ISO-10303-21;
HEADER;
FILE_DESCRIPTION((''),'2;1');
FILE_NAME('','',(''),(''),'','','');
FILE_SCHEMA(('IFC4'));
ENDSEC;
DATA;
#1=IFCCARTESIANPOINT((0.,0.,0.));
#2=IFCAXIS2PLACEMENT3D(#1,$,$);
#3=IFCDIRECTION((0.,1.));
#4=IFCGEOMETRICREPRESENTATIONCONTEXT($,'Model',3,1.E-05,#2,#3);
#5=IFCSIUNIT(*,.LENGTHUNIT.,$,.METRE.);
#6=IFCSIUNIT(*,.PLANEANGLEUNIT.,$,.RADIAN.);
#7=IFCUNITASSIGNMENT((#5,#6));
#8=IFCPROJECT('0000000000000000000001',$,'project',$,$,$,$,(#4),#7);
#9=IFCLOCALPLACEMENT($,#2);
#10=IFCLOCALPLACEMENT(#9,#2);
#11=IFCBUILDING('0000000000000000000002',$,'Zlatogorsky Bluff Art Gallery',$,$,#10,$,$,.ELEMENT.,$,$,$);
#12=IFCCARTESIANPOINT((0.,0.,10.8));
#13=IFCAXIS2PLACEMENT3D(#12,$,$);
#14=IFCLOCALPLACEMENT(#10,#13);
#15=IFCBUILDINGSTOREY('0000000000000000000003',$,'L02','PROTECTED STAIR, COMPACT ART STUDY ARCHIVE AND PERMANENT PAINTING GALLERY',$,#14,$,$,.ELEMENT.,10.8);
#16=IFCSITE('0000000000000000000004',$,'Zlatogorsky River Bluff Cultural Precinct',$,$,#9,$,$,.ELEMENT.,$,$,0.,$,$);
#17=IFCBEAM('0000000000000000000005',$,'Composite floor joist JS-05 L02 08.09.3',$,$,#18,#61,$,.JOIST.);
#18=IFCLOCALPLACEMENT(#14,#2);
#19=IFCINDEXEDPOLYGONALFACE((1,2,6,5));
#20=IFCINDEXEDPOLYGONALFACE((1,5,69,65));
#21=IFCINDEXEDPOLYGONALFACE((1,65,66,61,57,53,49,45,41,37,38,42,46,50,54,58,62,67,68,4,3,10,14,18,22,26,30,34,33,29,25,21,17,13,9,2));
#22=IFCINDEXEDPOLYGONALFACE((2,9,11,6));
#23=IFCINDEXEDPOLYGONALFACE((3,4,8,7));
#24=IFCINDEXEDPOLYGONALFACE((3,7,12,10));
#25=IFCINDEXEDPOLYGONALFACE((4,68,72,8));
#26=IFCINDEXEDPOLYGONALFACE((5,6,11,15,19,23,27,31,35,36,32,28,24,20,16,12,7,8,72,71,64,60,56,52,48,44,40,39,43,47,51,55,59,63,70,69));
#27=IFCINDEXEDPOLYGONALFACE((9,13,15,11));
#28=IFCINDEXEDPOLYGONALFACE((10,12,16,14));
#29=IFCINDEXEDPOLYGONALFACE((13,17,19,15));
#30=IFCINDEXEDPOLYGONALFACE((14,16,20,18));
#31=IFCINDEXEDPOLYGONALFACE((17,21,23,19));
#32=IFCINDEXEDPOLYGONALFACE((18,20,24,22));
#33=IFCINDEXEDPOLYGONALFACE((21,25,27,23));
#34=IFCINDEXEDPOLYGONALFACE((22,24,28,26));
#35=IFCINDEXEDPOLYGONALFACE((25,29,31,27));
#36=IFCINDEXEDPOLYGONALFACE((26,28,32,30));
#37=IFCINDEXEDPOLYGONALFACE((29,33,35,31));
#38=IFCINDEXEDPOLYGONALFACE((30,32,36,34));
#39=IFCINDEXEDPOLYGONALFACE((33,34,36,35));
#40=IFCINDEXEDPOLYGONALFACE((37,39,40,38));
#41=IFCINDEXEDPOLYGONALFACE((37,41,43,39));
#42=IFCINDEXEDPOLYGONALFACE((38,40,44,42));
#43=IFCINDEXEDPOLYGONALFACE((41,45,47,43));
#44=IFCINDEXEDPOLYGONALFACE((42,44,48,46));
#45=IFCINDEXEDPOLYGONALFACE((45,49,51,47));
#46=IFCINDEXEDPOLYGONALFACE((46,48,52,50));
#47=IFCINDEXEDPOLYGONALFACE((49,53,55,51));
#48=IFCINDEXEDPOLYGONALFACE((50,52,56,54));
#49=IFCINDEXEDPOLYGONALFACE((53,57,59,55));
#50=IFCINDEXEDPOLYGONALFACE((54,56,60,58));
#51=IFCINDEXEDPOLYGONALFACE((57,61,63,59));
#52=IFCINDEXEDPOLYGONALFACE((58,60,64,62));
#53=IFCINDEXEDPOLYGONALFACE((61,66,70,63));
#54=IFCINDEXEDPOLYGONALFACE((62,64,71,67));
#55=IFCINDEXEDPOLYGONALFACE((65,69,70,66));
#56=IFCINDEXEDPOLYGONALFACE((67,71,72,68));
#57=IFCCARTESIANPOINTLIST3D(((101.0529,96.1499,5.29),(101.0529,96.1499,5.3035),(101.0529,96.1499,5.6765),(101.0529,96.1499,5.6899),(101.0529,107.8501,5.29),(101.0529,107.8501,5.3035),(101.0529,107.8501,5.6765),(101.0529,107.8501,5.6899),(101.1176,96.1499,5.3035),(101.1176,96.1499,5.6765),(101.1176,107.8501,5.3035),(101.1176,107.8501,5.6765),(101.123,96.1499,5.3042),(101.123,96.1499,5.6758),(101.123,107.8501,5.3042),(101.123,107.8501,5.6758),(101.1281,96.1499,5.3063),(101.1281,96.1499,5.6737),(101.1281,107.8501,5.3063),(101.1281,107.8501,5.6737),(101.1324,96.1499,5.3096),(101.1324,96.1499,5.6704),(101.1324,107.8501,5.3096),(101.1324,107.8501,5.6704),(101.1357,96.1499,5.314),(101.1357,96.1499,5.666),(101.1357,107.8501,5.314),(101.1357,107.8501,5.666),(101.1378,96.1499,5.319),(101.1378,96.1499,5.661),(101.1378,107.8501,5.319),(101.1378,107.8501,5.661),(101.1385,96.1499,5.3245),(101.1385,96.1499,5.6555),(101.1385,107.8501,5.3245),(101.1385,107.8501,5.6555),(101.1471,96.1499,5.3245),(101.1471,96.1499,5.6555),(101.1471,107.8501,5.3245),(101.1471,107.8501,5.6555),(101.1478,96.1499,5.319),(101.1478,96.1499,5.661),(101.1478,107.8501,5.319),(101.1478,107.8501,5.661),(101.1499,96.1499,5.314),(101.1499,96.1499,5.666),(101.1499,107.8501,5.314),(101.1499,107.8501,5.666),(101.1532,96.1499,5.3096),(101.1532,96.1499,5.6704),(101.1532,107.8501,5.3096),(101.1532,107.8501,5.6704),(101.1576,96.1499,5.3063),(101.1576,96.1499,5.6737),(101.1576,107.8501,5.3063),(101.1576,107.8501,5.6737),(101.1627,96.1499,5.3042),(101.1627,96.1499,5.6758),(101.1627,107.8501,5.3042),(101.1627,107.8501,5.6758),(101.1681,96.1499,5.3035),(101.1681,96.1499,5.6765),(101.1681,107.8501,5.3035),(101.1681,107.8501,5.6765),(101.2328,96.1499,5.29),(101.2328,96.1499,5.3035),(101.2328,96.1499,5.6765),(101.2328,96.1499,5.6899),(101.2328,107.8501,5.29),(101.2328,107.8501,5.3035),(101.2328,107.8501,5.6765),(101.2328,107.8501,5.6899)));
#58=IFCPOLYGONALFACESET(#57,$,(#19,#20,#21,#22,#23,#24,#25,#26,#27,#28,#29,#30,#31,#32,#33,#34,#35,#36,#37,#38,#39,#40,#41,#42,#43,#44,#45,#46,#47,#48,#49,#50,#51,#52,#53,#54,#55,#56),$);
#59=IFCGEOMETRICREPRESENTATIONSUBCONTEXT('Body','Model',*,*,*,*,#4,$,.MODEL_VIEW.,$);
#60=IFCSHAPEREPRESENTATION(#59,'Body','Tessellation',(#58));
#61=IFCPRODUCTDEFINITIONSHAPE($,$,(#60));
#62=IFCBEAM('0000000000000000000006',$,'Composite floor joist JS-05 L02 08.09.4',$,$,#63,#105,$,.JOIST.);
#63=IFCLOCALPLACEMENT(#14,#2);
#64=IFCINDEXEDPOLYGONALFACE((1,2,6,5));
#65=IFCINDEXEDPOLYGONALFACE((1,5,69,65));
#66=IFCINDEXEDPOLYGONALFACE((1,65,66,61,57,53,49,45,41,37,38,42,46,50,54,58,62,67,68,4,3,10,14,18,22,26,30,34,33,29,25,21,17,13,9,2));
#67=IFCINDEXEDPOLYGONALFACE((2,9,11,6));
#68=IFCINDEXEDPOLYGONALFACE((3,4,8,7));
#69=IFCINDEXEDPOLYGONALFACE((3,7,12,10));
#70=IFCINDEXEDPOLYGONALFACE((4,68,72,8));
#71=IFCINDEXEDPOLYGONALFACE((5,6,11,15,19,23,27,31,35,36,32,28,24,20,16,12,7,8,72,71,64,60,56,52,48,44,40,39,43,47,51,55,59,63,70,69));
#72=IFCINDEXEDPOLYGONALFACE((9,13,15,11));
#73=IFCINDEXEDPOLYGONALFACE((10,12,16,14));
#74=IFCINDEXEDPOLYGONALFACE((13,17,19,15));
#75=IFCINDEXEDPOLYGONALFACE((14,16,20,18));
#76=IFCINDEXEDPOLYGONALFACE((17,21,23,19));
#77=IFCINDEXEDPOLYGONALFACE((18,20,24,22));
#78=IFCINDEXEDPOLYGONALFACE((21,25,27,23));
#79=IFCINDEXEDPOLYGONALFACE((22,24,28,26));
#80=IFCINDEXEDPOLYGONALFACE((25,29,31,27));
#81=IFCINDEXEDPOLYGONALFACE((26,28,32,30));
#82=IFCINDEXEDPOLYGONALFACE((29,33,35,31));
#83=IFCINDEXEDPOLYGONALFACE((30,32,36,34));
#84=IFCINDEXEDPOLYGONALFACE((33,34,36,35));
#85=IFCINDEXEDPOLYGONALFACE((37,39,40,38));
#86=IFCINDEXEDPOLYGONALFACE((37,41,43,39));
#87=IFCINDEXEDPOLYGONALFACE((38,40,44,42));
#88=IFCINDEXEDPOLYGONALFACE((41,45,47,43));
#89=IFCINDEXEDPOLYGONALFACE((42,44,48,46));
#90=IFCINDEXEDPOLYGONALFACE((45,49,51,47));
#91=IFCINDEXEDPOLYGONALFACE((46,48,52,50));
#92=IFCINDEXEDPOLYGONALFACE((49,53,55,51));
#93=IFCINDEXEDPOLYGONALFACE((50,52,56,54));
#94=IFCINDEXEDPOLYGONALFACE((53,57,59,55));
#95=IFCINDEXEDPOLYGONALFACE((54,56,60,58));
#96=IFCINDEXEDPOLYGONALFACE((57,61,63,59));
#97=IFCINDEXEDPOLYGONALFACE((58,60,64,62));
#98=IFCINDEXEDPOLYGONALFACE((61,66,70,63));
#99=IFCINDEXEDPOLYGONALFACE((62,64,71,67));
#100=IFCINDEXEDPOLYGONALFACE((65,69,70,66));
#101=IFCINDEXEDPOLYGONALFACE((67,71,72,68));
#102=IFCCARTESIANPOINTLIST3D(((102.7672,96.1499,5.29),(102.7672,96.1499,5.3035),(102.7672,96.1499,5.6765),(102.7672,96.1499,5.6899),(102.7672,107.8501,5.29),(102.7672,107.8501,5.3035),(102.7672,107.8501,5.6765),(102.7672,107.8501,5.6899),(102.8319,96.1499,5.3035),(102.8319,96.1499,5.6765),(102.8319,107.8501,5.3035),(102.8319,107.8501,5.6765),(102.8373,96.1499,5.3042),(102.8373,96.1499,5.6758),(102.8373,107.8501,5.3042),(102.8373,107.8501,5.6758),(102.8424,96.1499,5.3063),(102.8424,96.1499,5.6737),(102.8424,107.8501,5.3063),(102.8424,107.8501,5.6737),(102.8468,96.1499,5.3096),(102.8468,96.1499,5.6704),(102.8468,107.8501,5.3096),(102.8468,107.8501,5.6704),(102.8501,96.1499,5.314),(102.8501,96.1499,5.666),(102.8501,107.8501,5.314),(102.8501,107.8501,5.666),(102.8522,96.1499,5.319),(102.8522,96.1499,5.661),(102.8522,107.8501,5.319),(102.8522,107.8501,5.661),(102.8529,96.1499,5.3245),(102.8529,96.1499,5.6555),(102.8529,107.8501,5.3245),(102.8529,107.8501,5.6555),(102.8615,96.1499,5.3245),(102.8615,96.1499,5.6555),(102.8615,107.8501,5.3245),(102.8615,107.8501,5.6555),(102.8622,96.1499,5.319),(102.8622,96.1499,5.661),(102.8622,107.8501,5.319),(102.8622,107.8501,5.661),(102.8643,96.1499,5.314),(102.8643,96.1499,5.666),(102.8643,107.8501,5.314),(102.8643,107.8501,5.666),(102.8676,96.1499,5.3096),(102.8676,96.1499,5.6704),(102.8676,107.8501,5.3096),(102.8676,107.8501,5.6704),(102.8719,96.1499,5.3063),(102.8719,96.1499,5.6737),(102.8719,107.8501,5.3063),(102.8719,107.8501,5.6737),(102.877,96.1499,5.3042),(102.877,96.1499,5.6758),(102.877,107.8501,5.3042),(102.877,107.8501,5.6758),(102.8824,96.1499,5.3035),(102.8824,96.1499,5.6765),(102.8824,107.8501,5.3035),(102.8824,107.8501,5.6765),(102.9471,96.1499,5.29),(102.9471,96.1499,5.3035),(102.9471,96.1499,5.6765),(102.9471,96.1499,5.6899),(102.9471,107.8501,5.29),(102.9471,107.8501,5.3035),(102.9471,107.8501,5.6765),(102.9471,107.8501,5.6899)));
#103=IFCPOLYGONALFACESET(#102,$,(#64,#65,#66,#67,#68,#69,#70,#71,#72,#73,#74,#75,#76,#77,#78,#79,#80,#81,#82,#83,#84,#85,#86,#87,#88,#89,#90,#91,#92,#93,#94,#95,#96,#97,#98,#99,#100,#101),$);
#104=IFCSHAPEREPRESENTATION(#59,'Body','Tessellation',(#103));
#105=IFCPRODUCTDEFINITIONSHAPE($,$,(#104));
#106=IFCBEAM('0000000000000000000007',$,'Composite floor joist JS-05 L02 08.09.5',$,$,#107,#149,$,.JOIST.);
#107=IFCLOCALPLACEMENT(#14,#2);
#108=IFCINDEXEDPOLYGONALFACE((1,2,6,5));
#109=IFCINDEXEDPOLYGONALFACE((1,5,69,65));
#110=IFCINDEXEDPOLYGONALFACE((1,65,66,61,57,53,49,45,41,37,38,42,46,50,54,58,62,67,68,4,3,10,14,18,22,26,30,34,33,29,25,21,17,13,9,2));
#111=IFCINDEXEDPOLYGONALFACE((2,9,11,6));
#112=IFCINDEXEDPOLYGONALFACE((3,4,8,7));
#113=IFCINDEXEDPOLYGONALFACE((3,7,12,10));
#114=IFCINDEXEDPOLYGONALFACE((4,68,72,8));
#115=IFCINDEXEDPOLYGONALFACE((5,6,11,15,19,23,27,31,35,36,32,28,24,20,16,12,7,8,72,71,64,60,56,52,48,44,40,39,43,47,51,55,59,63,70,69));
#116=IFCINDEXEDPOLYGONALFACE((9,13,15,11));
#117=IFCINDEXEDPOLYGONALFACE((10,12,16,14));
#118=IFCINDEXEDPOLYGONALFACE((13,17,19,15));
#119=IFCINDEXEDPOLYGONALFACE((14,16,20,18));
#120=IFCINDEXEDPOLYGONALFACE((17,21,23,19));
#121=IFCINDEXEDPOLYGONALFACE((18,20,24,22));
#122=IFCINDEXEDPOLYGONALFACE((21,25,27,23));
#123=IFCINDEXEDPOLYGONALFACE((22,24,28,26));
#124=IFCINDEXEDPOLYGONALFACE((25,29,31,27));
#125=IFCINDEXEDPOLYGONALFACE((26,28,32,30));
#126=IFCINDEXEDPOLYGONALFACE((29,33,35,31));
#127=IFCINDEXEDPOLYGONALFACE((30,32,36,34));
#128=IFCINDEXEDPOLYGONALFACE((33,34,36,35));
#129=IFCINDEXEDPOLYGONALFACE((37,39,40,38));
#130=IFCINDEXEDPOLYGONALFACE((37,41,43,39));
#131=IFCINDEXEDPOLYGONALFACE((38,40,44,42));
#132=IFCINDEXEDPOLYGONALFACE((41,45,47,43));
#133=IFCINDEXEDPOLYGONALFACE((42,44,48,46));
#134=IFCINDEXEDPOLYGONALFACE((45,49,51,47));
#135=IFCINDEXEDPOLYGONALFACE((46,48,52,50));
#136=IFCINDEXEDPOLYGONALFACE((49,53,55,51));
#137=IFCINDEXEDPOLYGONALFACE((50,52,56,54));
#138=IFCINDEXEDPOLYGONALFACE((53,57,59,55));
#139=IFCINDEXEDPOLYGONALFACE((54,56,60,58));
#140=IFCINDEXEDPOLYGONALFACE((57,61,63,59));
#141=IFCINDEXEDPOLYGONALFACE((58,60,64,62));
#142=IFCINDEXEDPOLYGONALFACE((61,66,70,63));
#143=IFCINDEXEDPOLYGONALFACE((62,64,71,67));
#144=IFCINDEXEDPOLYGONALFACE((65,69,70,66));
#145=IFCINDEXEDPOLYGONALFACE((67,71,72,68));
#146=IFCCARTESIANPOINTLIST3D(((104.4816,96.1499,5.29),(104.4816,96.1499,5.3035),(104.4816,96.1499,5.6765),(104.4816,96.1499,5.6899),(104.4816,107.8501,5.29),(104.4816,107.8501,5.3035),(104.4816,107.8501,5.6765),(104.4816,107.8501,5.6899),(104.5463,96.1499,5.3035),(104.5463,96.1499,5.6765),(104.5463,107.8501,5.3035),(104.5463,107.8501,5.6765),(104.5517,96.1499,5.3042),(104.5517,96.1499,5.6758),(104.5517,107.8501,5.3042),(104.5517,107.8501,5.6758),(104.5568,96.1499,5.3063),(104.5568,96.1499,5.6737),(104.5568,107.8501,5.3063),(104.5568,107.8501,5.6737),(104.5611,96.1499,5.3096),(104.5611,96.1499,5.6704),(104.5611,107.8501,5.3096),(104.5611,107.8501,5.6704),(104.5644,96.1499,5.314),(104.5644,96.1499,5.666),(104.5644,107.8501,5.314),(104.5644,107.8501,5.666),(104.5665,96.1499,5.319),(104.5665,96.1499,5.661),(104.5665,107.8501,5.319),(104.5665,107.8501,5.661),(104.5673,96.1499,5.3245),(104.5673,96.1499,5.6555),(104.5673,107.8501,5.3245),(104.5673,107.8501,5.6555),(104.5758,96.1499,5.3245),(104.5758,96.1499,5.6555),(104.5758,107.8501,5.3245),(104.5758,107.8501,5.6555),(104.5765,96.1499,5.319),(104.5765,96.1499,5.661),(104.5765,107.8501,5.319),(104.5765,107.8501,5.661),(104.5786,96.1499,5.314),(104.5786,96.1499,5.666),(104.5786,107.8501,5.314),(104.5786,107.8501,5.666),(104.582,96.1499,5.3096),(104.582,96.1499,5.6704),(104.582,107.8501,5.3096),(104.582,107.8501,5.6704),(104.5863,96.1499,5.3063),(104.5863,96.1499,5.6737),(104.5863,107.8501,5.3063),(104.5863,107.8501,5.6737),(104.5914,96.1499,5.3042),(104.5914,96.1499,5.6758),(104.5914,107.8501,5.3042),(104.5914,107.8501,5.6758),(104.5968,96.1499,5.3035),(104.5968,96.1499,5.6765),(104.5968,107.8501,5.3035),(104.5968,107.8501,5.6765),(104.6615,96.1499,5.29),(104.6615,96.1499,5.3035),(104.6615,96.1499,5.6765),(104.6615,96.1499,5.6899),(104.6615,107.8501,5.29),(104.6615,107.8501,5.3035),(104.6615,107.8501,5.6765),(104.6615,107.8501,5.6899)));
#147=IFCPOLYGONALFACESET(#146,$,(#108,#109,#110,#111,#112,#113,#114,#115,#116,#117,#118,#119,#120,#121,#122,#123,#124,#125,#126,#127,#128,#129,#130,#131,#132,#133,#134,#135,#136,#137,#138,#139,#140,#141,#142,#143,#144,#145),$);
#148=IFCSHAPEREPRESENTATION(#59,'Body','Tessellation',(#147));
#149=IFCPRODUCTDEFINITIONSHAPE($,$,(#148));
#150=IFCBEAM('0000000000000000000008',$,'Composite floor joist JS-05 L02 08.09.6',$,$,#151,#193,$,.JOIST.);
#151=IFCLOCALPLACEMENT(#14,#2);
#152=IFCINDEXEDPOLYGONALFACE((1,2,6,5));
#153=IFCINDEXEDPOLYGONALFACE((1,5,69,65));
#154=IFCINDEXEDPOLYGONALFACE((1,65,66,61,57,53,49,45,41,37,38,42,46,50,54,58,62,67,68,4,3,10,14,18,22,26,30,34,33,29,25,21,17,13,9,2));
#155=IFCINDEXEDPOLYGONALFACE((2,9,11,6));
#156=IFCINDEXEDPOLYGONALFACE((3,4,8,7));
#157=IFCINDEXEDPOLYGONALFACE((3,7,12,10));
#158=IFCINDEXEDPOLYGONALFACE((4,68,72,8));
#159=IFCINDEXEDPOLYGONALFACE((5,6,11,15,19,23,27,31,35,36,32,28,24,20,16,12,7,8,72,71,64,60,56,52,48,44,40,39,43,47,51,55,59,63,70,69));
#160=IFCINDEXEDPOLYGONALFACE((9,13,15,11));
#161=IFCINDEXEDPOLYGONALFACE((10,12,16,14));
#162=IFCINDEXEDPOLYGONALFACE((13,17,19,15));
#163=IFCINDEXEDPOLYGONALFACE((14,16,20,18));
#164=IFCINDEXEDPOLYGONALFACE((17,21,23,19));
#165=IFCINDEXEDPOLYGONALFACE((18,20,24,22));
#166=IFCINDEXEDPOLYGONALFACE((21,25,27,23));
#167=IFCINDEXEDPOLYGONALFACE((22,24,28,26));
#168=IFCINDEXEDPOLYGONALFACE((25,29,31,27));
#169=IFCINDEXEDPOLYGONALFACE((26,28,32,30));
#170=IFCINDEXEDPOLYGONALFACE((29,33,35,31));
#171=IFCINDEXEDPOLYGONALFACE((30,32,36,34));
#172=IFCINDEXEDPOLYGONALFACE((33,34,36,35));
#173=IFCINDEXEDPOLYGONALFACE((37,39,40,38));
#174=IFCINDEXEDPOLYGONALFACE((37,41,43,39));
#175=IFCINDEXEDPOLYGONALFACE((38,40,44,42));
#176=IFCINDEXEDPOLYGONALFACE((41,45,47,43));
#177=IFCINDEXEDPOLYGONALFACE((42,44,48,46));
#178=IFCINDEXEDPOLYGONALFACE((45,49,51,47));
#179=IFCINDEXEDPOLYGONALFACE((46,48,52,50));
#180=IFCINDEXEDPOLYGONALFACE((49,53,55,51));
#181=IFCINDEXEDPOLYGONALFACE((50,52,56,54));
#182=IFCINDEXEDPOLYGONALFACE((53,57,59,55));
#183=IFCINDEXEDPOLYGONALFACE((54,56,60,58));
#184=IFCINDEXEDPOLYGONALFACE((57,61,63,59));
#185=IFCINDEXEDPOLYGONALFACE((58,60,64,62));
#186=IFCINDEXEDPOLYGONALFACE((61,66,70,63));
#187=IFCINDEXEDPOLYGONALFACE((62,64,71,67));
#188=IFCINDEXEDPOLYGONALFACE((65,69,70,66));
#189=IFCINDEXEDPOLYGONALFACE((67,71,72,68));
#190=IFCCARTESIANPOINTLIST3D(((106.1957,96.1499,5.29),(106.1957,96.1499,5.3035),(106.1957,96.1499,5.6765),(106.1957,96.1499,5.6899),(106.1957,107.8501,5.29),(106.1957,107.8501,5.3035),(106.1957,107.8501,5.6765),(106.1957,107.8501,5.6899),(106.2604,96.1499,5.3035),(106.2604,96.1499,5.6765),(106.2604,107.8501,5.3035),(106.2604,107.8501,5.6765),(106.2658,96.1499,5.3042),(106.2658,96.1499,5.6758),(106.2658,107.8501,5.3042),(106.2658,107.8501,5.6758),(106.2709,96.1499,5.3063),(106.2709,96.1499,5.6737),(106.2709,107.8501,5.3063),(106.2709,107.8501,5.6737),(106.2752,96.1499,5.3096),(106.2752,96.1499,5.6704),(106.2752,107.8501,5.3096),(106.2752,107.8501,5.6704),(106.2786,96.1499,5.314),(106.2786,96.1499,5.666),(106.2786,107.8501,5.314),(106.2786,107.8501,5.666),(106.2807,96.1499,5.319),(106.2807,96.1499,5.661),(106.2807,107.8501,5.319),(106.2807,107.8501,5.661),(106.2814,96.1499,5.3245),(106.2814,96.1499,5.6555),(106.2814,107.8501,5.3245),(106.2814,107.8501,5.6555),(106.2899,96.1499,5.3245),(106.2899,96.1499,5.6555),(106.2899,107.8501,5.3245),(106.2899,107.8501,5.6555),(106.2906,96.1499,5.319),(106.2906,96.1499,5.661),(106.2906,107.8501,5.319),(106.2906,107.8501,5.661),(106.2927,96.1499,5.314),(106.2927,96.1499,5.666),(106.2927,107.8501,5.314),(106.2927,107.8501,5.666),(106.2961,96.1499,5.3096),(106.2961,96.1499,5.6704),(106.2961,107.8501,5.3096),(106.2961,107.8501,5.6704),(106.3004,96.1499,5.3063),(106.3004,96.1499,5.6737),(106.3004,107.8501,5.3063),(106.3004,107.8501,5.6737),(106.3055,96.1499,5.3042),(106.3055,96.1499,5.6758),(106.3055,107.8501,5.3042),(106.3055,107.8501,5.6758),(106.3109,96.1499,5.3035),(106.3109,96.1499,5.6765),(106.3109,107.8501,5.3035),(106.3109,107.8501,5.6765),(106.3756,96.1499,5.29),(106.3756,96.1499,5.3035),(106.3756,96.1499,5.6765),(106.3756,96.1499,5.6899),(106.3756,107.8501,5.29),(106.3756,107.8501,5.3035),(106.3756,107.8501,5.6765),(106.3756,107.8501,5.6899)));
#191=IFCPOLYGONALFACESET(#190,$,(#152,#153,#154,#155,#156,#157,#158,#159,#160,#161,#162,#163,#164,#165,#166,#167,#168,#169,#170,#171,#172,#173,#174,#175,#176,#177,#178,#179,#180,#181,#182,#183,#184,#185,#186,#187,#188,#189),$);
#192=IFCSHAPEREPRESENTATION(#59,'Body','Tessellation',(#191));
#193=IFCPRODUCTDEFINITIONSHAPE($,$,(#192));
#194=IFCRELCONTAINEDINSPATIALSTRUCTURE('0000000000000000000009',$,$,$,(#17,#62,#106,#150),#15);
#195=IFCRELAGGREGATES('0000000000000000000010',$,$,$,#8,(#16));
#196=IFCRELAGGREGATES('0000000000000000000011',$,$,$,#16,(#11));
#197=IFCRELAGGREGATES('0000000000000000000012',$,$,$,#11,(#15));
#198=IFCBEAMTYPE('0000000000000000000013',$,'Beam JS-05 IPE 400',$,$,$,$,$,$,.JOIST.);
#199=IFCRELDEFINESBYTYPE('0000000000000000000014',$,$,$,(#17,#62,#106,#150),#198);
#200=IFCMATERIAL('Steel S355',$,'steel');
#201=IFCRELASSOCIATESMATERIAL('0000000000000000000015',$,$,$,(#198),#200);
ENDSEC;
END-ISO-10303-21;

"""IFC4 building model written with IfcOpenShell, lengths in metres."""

from ifc_helpers import new_model, si_unit, direction, frame, origin, origin_2d, place, context, subcontext, project, spatial, i_section, extrude, material, material_profile, profile_set, type_object, element, save


model = new_model("IFC4")

# Units and contexts
model_context = context("Model", 3, precision=1e-05, world=origin(), true_north=direction((0.0, 1.0)))
body_context = subcontext(model_context, "Body", "Model", "MODEL_VIEW")
ifc_project = project(units=[si_unit("LENGTHUNIT", "METRE"), si_unit("PLANEANGLEUNIT", "RADIAN")], contexts=[model_context])

# Site, building, storey
site_placement = place(None, origin())
site = spatial("IfcSite", under=ifc_project, at=site_placement, Name="Zlatogorsky River Bluff Cultural Precinct", CompositionType="ELEMENT", RefElevation=0.0)
building_placement = place(site_placement, origin())
building = spatial("IfcBuilding", under=site, at=building_placement, Name="Zlatogorsky Bluff Art Gallery", CompositionType="ELEMENT")
storey_placement = place(building_placement, frame((0.0, 0.0, 10.8)))
storey = spatial("IfcBuildingStorey", under=building, at=storey_placement, Name="L02", Description="PROTECTED STAIR, COMPACT ART STUDY ARCHIVE AND PERMANENT PAINTING GALLERY", CompositionType="ELEMENT", Elevation=10.8)

# Shared definitions
ifc_material_1 = material(Name="Steel S355", Category="steel")

# Beams
ifc_material_profile_1 = material_profile(ifc_material_1, i_section(OverallWidth=0.1799, OverallDepth=0.3999, WebThickness=0.0085, FlangeThickness=0.0134, FilletRadius=0.021, at=origin_2d()), Name="IPE 400")
ifc_profile_set_1 = profile_set([ifc_material_profile_1], Name="Steel S355")
beam_type_1 = type_object("IfcBeamType", Name="Beam JS-05 IPE 400", PredefinedType="JOIST", material=ifc_profile_set_1)
for number, where, z_axis, x_axis, name in (
    (1, (101.1428, 96.1499, 5.49), (0.0, 1.0, 0.0), (-1.0, 0.0, 0.0), "Composite floor joist JS-05 L02 08.09.3"),
    (2, (102.8572, 96.1499, 5.49), (0.0, 1.0, 0.0), (-1.0, 0.0, 0.0), "Composite floor joist JS-05 L02 08.09.4"),
    (3, (104.5715, 96.1499, 5.49), (0.0, 1.0, 0.0), (-1.0, 0.0, 0.0), "Composite floor joist JS-05 L02 08.09.5"),
    (4, (106.2856, 96.1499, 5.49), (0.0, 1.0, 0.0), (-1.0, 0.0, 0.0), "Composite floor joist JS-05 L02 08.09.6"),
):
    element("IfcBeam", number, at=place(storey_placement, frame(where, z_axis=z_axis, x_axis=x_axis)), inside=storey, type_object=beam_type_1, Name=name, PredefinedType="JOIST", context=body_context, shape_type="SweptSolid", body=[
        extrude(i_section(OverallWidth=0.1799, OverallDepth=0.3999, WebThickness=0.0085, FlangeThickness=0.0134, FilletRadius=0.021, at=origin_2d()), origin(), (0.0, 0.0, 1.0), 11.7002),
    ])

save(model, "model.ifc")
